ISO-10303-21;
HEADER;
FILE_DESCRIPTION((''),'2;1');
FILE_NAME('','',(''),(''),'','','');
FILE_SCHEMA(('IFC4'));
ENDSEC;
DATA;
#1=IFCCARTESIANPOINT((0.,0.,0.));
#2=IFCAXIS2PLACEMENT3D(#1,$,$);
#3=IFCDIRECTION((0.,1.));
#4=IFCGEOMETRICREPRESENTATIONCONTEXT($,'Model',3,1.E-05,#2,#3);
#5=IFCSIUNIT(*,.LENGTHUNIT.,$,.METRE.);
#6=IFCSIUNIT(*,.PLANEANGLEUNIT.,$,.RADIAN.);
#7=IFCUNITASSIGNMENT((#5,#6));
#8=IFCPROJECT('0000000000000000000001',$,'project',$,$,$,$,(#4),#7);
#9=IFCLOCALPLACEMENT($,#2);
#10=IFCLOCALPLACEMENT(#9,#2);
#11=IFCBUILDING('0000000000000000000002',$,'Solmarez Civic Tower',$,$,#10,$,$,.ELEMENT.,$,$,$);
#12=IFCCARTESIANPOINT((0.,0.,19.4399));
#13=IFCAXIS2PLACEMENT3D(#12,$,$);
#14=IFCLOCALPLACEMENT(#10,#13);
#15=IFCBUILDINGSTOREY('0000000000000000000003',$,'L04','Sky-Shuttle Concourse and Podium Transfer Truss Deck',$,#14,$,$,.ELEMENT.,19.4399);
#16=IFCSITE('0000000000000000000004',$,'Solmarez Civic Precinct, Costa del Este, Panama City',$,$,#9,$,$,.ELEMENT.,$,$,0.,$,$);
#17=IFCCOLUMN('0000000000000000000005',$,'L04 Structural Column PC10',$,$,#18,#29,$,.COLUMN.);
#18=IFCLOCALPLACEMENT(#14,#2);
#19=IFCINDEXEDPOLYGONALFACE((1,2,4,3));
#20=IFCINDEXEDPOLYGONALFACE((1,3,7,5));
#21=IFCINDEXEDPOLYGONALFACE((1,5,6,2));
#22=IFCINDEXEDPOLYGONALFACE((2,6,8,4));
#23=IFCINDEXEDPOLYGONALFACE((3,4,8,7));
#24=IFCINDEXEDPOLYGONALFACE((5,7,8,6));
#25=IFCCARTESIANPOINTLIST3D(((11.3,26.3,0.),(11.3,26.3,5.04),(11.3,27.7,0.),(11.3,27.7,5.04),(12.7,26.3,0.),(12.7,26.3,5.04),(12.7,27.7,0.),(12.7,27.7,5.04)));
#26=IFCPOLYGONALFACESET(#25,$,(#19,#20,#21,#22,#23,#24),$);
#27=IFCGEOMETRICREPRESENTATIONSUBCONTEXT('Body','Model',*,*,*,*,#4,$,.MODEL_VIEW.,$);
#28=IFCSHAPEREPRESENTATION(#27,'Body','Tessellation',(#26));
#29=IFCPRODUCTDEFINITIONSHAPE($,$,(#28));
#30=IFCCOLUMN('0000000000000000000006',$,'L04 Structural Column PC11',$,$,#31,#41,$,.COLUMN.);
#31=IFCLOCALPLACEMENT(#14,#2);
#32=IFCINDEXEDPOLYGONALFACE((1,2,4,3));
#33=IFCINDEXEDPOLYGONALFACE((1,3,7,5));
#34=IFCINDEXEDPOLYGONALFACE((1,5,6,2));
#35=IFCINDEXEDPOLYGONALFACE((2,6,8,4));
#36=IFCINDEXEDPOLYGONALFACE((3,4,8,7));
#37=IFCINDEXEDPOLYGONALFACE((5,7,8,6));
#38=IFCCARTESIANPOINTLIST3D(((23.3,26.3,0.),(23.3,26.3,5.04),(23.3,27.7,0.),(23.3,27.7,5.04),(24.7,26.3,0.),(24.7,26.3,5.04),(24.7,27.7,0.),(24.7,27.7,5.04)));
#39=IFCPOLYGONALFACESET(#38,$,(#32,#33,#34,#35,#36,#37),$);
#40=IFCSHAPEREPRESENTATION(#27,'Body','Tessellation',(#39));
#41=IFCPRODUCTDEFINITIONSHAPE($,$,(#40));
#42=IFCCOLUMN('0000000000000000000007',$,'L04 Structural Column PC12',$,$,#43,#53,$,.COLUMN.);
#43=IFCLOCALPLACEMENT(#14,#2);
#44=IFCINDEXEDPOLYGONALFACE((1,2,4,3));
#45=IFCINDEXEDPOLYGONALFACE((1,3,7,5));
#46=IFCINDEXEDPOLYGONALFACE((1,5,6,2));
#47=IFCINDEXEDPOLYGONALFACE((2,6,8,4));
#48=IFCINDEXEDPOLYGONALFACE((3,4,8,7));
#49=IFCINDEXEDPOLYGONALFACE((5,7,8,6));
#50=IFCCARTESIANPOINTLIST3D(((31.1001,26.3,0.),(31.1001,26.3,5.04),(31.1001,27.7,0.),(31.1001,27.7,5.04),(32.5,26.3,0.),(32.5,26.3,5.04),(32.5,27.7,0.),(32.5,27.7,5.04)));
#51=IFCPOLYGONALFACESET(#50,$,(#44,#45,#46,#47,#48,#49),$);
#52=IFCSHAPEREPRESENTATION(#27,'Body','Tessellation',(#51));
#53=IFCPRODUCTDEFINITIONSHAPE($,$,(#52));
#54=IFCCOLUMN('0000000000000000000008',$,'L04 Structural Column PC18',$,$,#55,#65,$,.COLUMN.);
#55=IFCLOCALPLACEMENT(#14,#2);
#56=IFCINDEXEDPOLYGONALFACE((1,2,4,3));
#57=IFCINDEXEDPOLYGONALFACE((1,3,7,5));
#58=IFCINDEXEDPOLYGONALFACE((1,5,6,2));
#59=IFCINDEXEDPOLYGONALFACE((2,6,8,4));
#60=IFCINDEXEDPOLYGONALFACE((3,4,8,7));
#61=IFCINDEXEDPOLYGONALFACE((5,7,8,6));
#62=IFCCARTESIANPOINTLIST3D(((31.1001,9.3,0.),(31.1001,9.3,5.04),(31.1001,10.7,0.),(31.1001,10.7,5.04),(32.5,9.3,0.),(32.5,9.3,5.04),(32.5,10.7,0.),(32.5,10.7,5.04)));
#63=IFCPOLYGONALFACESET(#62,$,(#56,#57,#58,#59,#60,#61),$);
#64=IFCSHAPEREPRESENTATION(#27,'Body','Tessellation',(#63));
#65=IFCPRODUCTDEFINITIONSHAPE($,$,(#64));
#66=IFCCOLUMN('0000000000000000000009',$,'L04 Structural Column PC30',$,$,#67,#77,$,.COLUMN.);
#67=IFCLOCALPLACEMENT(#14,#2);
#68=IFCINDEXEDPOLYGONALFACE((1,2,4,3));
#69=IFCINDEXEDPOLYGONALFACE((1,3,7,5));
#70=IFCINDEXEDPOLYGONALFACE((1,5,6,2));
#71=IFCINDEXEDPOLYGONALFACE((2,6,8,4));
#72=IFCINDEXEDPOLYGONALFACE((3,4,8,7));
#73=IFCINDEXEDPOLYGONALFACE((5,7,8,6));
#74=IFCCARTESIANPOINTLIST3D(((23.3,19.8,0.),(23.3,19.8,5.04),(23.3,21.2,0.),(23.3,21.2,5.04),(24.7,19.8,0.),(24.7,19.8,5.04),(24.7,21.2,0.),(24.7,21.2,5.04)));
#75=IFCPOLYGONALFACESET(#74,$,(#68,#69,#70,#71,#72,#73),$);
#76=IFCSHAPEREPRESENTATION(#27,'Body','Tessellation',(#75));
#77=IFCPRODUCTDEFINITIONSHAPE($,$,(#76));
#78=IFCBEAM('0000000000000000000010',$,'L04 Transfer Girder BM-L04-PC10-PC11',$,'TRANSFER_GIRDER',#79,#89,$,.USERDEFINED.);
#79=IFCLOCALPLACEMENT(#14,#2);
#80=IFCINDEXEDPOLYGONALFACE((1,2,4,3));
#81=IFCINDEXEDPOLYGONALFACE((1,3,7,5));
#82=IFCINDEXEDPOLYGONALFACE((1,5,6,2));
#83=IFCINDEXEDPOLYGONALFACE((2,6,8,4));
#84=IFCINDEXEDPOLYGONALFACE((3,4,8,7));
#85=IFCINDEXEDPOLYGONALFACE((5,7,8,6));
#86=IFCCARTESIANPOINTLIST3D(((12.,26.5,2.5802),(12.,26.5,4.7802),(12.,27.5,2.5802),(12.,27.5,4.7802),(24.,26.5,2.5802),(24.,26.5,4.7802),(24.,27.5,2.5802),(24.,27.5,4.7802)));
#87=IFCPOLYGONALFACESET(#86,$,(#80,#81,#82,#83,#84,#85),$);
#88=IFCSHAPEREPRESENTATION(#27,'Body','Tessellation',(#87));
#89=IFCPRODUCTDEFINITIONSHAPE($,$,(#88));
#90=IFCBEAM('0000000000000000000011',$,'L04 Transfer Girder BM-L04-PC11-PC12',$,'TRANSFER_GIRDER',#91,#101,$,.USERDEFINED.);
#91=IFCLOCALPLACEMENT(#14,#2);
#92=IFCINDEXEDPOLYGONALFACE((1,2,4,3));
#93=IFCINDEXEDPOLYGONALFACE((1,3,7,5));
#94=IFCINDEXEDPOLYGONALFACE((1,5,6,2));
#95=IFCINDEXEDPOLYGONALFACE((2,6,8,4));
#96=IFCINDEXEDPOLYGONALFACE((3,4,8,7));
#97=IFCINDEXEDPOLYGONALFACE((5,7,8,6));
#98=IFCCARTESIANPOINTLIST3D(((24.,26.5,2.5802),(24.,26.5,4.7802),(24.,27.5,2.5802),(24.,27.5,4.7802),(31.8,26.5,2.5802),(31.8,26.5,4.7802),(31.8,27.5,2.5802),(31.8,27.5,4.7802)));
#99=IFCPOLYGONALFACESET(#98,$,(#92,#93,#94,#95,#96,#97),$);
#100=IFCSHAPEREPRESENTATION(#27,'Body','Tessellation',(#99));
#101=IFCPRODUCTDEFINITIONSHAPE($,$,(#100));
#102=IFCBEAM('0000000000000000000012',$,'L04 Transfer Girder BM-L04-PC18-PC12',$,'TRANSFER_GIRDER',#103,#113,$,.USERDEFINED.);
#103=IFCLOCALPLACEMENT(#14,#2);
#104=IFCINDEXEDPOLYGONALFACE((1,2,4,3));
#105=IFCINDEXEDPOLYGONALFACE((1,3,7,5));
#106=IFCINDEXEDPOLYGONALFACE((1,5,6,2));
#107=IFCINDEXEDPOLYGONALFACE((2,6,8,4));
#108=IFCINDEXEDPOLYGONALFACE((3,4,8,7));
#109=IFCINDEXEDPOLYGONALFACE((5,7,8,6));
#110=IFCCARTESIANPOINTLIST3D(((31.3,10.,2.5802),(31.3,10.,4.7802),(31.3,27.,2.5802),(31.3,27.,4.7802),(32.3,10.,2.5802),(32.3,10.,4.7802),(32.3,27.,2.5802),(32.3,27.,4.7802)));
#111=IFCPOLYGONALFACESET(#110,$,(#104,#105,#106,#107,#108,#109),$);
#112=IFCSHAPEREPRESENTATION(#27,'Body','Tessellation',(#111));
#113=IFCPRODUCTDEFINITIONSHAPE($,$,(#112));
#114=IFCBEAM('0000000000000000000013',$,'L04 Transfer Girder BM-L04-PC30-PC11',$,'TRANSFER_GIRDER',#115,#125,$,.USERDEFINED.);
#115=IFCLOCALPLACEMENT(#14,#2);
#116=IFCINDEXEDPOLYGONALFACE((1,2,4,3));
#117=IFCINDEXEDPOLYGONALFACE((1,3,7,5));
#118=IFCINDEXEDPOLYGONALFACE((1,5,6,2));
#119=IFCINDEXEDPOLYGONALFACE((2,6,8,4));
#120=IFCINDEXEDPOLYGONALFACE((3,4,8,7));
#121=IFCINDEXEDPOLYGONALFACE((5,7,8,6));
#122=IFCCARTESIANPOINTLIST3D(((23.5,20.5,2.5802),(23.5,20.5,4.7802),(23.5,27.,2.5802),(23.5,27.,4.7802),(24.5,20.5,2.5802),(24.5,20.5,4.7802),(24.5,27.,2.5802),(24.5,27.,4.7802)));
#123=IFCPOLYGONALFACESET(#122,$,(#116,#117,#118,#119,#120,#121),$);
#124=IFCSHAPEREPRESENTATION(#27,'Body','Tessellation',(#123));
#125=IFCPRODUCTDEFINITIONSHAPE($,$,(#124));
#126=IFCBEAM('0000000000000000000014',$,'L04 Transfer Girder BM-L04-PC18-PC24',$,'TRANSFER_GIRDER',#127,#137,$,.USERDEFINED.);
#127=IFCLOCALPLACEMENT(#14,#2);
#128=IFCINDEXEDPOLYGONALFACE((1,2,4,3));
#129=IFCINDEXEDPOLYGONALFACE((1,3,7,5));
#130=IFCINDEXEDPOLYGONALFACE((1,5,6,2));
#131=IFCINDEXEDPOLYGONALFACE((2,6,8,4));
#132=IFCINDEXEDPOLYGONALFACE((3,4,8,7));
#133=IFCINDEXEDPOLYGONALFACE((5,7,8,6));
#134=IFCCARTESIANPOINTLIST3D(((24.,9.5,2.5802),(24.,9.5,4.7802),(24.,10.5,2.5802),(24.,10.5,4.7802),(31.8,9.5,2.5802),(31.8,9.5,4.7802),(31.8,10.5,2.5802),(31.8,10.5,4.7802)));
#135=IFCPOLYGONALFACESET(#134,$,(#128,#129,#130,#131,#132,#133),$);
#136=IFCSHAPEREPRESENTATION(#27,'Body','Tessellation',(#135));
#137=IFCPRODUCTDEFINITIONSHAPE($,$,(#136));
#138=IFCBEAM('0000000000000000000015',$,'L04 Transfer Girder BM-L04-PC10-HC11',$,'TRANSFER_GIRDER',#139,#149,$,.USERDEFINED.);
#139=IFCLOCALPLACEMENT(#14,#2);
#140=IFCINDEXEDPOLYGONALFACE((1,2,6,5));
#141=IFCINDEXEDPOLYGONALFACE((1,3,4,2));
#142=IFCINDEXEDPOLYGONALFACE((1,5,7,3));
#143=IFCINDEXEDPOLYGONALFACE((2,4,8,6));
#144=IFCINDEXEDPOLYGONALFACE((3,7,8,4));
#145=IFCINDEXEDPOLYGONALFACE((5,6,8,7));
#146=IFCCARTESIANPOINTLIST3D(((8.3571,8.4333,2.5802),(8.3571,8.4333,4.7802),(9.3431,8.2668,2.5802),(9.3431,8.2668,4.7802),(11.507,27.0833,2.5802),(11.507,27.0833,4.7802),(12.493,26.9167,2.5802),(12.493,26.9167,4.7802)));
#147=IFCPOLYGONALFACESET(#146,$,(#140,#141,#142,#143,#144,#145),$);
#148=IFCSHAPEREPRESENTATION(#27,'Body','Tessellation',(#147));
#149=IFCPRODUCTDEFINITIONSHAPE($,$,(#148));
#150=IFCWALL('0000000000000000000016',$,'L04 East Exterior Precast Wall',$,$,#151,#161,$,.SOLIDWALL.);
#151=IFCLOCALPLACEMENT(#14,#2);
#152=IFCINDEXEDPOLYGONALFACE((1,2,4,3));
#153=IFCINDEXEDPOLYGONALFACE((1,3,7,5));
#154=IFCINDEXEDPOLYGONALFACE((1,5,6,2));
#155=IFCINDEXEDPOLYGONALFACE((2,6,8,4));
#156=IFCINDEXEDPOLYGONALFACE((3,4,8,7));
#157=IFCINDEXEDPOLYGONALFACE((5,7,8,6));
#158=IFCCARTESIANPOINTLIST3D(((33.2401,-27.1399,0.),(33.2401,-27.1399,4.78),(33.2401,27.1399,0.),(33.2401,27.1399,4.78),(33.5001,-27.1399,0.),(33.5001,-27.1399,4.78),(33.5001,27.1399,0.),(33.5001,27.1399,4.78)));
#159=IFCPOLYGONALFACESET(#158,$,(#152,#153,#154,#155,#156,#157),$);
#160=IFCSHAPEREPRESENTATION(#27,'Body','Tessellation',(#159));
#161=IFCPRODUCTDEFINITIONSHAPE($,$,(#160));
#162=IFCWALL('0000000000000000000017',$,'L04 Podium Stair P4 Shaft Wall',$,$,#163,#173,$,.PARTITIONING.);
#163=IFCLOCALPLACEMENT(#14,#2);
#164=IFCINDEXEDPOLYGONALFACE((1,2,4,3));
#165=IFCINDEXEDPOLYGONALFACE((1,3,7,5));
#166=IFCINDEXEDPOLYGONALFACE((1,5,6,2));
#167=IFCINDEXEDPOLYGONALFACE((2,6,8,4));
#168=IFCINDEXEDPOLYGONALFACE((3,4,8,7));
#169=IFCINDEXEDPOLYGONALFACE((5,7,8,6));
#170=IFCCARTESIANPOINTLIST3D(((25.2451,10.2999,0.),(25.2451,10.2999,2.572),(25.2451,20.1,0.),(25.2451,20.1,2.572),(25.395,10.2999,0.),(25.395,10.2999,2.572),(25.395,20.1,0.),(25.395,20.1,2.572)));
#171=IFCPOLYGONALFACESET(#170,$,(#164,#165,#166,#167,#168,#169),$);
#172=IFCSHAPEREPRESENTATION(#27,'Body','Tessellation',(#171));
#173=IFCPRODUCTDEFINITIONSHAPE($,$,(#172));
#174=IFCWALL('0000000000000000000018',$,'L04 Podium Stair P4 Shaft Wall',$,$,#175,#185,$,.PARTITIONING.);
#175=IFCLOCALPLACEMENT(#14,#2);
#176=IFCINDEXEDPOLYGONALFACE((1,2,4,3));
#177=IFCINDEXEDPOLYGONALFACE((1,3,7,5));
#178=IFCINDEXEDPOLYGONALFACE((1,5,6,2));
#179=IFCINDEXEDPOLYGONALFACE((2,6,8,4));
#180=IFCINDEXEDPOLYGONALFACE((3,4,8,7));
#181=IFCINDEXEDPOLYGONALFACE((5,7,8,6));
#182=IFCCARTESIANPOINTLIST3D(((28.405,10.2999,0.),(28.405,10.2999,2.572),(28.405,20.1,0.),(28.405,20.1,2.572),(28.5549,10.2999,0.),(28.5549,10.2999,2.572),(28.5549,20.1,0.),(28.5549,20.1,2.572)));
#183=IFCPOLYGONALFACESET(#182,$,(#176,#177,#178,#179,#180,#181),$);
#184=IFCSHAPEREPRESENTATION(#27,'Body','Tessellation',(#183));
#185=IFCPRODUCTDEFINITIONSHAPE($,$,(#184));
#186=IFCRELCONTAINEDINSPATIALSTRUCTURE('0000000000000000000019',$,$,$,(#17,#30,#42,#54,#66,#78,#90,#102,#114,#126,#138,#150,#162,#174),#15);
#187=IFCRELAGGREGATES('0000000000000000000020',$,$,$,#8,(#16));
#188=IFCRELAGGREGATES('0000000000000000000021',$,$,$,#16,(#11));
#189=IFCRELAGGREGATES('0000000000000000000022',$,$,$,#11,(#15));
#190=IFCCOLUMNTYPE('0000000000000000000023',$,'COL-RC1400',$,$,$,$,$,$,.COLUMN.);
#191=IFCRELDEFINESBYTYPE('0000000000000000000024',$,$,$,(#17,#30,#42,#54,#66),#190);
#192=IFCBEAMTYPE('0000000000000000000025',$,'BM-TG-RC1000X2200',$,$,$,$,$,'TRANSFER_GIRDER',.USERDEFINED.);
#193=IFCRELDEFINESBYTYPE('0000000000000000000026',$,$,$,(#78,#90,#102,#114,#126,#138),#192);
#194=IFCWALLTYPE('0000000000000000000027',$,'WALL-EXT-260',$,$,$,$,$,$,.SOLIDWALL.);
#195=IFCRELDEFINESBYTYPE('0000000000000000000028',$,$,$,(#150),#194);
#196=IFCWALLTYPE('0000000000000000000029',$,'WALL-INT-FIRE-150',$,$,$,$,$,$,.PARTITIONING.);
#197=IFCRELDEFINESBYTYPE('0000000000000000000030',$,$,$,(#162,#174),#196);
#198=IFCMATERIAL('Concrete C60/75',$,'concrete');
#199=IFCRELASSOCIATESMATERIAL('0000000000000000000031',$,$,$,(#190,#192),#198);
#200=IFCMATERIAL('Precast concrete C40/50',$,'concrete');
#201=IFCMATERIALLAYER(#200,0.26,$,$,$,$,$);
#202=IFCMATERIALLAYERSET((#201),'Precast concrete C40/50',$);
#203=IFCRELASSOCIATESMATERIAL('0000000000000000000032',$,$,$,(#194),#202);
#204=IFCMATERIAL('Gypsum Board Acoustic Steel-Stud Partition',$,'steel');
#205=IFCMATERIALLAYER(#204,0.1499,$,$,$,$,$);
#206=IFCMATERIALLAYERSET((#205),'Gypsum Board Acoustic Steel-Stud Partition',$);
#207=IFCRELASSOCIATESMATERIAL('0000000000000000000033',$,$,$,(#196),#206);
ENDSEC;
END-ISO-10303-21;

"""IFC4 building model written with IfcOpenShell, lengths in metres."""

from ifc_helpers import new_model, si_unit, direction, frame, frame_2d, origin, origin_2d, place, context, subcontext, project, spatial, rectangle, extrude, material, layer, layer_set, material_profile, profile_set, type_object, element, save


model = new_model("IFC4")

# Units and contexts
model_context = context("Model", 3, precision=1e-05, world=origin(), true_north=direction((0.0, 1.0)))
body_context = subcontext(model_context, "Body", "Model", "MODEL_VIEW")
ifc_project = project(units=[si_unit("LENGTHUNIT", "METRE"), si_unit("PLANEANGLEUNIT", "RADIAN")], contexts=[model_context])

# Site, building, storey
site_placement = place(None, origin())
site = spatial("IfcSite", under=ifc_project, at=site_placement, Name="Solmarez Civic Precinct, Costa del Este, Panama City", CompositionType="ELEMENT", RefElevation=0.0)
building_placement = place(site_placement, origin())
building = spatial("IfcBuilding", under=site, at=building_placement, Name="Solmarez Civic Tower", CompositionType="ELEMENT")
storey_placement = place(building_placement, frame((0.0, 0.0, 19.4399)))
storey = spatial("IfcBuildingStorey", under=building, at=storey_placement, Name="L04", Description="Sky-Shuttle Concourse and Podium Transfer Truss Deck", CompositionType="ELEMENT", Elevation=19.4399)

# Columns
ifc_material_1 = material(Name="Concrete C60/75", Category="concrete")
ifc_material_profile_1 = material_profile(ifc_material_1, rectangle(XDim=1.3999, YDim=1.3999, at=origin_2d()), Name="RC1400X1400")
ifc_profile_set_1 = profile_set([ifc_material_profile_1], Name="Concrete C60/75")
column_type = type_object("IfcColumnType", Name="COL-RC1400", PredefinedType="COLUMN", material=ifc_profile_set_1)
for number, where, z_axis, x_axis, name in (
    (1, (12.0, 27.0, 0.0), (0.0, 0.0, 1.0), (1.0, 0.0, 0.0), "L04 Structural Column PC10"),
    (2, (24.0, 27.0, 0.0), (0.0, 0.0, 1.0), (1.0, 0.0, 0.0), "L04 Structural Column PC11"),
    (3, (31.8, 27.0, 0.0), (0.0, 0.0, 1.0), (1.0, 0.0, 0.0), "L04 Structural Column PC12"),
    (4, (31.8, 10.0, 0.0), (0.0, 0.0, 1.0), (1.0, 0.0, 0.0), "L04 Structural Column PC18"),
    (5, (24.0, 20.5, 0.0), (0.0, 0.0, 1.0), (1.0, 0.0, 0.0), "L04 Structural Column PC30"),
):
    element("IfcColumn", number, at=place(storey_placement, frame(where, z_axis=z_axis, x_axis=x_axis)), inside=storey, type_object=column_type, Name=name, PredefinedType="COLUMN", context=body_context, shape_type="SweptSolid", body=[
        extrude(rectangle(XDim=1.3999, YDim=1.3999, at=origin_2d()), origin(), (0.0, 0.0, 1.0), 5.04),
    ])

# Beams
ifc_material_profile_2 = material_profile(ifc_material_1, rectangle(XDim=1.0, YDim=2.2, at=origin_2d()), Name="RC1000X2200")
ifc_profile_set_2 = profile_set([ifc_material_profile_2], Name="Concrete C60/75")
beam_type = type_object("IfcBeamType", Name="BM-TG-RC1000X2200", ElementType="TRANSFER_GIRDER", PredefinedType="USERDEFINED", material=ifc_profile_set_2)
beam_1_placement = place(storey_placement, frame((12.0, 27.0, 3.6802), z_axis=(1.0, 0.0, 0.0), x_axis=(0.0, 1.0, 0.0)))
element("IfcBeam", 6, at=beam_1_placement, inside=storey, type_object=beam_type, Name="L04 Transfer Girder BM-L04-PC10-PC11", ObjectType="TRANSFER_GIRDER", PredefinedType="USERDEFINED", context=body_context, shape_type="SweptSolid", body=[
    extrude(rectangle(XDim=1.0, YDim=2.2, at=origin_2d()), origin(), (0.0, 0.0, 1.0), 12.0),
])
beam_2_placement = place(storey_placement, frame((24.0, 27.0, 3.6802), z_axis=(1.0, 0.0, 0.0), x_axis=(0.0, 1.0, 0.0)))
element("IfcBeam", 7, at=beam_2_placement, inside=storey, type_object=beam_type, Name="L04 Transfer Girder BM-L04-PC11-PC12", ObjectType="TRANSFER_GIRDER", PredefinedType="USERDEFINED", context=body_context, shape_type="SweptSolid", body=[
    extrude(rectangle(XDim=1.0, YDim=2.2, at=origin_2d()), origin(), (0.0, 0.0, 1.0), 7.8),
])
beam_3_placement = place(storey_placement, frame((31.8, 10.0, 3.6802), z_axis=(0.0, 1.0, 0.0), x_axis=(-1.0, 0.0, 0.0)))
element("IfcBeam", 8, at=beam_3_placement, inside=storey, type_object=beam_type, Name="L04 Transfer Girder BM-L04-PC18-PC12", ObjectType="TRANSFER_GIRDER", PredefinedType="USERDEFINED", context=body_context, shape_type="SweptSolid", body=[
    extrude(rectangle(XDim=1.0, YDim=2.2, at=origin_2d()), origin(), (0.0, 0.0, 1.0), 17.0),
])
beam_4_placement = place(storey_placement, frame((24.0, 20.5, 3.6802), z_axis=(0.0, 1.0, 0.0), x_axis=(-1.0, 0.0, 0.0)))
element("IfcBeam", 9, at=beam_4_placement, inside=storey, type_object=beam_type, Name="L04 Transfer Girder BM-L04-PC30-PC11", ObjectType="TRANSFER_GIRDER", PredefinedType="USERDEFINED", context=body_context, shape_type="SweptSolid", body=[
    extrude(rectangle(XDim=1.0, YDim=2.2, at=origin_2d()), origin(), (0.0, 0.0, 1.0), 6.5),
])
beam_5_placement = place(storey_placement, frame((31.8, 10.0, 3.6802), z_axis=(-1.0, 0.0, 0.0), x_axis=(0.0, -1.0, 0.0)))
element("IfcBeam", 10, at=beam_5_placement, inside=storey, type_object=beam_type, Name="L04 Transfer Girder BM-L04-PC18-PC24", ObjectType="TRANSFER_GIRDER", PredefinedType="USERDEFINED", context=body_context, shape_type="SweptSolid", body=[
    extrude(rectangle(XDim=1.0, YDim=2.2, at=origin_2d()), origin(), (0.0, 0.0, 1.0), 7.8),
])
beam_6_placement = place(storey_placement, frame((12.0, 27.0, 3.6802), z_axis=(-0.166538, -0.986035, 0.0), x_axis=(0.986035, -0.166538, 0.0)))
element("IfcBeam", 11, at=beam_6_placement, inside=storey, type_object=beam_type, Name="L04 Transfer Girder BM-L04-PC10-HC11", ObjectType="TRANSFER_GIRDER", PredefinedType="USERDEFINED", context=body_context, shape_type="SweptSolid", body=[
    extrude(rectangle(XDim=1.0, YDim=2.2, at=origin_2d()), origin(), (0.0, 0.0, 1.0), 18.9141),
])

# Walls
ifc_material_2 = material(Name="Precast concrete C40/50", Category="concrete")
ifc_layer_1 = layer(ifc_material_2, 0.26)
ifc_layer_set_1 = layer_set([ifc_layer_1], Name="Precast concrete C40/50")
wall_type_1 = type_object("IfcWallType", Name="WALL-EXT-260", PredefinedType="SOLIDWALL", material=ifc_layer_set_1)
wall_1_placement = place(storey_placement, frame((33.3701, 27.1399, 0.0), z_axis=(0.0, 0.0, 1.0), x_axis=(0.0, -1.0, 0.0)))
element("IfcWall", 12, at=wall_1_placement, inside=storey, type_object=wall_type_1, Name="L04 East Exterior Precast Wall", PredefinedType="SOLIDWALL", context=body_context, shape_type="SweptSolid", body=[
    extrude(rectangle(XDim=54.2798, YDim=0.26, at=frame_2d((27.1399, 0.0))), origin(), (0.0, 0.0, 1.0), 4.78),
])
ifc_material_3 = material(Name="Gypsum Board Acoustic Steel-Stud Partition", Category="steel")
ifc_layer_2 = layer(ifc_material_3, 0.1499)
ifc_layer_set_2 = layer_set([ifc_layer_2], Name="Gypsum Board Acoustic Steel-Stud Partition")
wall_type_2 = type_object("IfcWallType", Name="WALL-INT-FIRE-150", PredefinedType="PARTITIONING", material=ifc_layer_set_2)
for number, where, z_axis, x_axis, name in (
    (13, (25.3201, 10.3, 0.0), (0.0, 0.0, 1.0), (0.0, 1.0, 0.0), "L04 Podium Stair P4 Shaft Wall"),
    (14, (28.48, 10.3, 0.0), (0.0, 0.0, 1.0), (0.0, 1.0, 0.0), "L04 Podium Stair P4 Shaft Wall"),
):
    element("IfcWall", number, at=place(storey_placement, frame(where, z_axis=z_axis, x_axis=x_axis)), inside=storey, type_object=wall_type_2, Name=name, PredefinedType="PARTITIONING", context=body_context, shape_type="SweptSolid", body=[
        extrude(rectangle(XDim=9.8, YDim=0.1499, at=frame_2d((4.8999, 0.0))), origin(), (0.0, 0.0, 1.0), 2.572),
    ])

save(model, "model.ifc")
